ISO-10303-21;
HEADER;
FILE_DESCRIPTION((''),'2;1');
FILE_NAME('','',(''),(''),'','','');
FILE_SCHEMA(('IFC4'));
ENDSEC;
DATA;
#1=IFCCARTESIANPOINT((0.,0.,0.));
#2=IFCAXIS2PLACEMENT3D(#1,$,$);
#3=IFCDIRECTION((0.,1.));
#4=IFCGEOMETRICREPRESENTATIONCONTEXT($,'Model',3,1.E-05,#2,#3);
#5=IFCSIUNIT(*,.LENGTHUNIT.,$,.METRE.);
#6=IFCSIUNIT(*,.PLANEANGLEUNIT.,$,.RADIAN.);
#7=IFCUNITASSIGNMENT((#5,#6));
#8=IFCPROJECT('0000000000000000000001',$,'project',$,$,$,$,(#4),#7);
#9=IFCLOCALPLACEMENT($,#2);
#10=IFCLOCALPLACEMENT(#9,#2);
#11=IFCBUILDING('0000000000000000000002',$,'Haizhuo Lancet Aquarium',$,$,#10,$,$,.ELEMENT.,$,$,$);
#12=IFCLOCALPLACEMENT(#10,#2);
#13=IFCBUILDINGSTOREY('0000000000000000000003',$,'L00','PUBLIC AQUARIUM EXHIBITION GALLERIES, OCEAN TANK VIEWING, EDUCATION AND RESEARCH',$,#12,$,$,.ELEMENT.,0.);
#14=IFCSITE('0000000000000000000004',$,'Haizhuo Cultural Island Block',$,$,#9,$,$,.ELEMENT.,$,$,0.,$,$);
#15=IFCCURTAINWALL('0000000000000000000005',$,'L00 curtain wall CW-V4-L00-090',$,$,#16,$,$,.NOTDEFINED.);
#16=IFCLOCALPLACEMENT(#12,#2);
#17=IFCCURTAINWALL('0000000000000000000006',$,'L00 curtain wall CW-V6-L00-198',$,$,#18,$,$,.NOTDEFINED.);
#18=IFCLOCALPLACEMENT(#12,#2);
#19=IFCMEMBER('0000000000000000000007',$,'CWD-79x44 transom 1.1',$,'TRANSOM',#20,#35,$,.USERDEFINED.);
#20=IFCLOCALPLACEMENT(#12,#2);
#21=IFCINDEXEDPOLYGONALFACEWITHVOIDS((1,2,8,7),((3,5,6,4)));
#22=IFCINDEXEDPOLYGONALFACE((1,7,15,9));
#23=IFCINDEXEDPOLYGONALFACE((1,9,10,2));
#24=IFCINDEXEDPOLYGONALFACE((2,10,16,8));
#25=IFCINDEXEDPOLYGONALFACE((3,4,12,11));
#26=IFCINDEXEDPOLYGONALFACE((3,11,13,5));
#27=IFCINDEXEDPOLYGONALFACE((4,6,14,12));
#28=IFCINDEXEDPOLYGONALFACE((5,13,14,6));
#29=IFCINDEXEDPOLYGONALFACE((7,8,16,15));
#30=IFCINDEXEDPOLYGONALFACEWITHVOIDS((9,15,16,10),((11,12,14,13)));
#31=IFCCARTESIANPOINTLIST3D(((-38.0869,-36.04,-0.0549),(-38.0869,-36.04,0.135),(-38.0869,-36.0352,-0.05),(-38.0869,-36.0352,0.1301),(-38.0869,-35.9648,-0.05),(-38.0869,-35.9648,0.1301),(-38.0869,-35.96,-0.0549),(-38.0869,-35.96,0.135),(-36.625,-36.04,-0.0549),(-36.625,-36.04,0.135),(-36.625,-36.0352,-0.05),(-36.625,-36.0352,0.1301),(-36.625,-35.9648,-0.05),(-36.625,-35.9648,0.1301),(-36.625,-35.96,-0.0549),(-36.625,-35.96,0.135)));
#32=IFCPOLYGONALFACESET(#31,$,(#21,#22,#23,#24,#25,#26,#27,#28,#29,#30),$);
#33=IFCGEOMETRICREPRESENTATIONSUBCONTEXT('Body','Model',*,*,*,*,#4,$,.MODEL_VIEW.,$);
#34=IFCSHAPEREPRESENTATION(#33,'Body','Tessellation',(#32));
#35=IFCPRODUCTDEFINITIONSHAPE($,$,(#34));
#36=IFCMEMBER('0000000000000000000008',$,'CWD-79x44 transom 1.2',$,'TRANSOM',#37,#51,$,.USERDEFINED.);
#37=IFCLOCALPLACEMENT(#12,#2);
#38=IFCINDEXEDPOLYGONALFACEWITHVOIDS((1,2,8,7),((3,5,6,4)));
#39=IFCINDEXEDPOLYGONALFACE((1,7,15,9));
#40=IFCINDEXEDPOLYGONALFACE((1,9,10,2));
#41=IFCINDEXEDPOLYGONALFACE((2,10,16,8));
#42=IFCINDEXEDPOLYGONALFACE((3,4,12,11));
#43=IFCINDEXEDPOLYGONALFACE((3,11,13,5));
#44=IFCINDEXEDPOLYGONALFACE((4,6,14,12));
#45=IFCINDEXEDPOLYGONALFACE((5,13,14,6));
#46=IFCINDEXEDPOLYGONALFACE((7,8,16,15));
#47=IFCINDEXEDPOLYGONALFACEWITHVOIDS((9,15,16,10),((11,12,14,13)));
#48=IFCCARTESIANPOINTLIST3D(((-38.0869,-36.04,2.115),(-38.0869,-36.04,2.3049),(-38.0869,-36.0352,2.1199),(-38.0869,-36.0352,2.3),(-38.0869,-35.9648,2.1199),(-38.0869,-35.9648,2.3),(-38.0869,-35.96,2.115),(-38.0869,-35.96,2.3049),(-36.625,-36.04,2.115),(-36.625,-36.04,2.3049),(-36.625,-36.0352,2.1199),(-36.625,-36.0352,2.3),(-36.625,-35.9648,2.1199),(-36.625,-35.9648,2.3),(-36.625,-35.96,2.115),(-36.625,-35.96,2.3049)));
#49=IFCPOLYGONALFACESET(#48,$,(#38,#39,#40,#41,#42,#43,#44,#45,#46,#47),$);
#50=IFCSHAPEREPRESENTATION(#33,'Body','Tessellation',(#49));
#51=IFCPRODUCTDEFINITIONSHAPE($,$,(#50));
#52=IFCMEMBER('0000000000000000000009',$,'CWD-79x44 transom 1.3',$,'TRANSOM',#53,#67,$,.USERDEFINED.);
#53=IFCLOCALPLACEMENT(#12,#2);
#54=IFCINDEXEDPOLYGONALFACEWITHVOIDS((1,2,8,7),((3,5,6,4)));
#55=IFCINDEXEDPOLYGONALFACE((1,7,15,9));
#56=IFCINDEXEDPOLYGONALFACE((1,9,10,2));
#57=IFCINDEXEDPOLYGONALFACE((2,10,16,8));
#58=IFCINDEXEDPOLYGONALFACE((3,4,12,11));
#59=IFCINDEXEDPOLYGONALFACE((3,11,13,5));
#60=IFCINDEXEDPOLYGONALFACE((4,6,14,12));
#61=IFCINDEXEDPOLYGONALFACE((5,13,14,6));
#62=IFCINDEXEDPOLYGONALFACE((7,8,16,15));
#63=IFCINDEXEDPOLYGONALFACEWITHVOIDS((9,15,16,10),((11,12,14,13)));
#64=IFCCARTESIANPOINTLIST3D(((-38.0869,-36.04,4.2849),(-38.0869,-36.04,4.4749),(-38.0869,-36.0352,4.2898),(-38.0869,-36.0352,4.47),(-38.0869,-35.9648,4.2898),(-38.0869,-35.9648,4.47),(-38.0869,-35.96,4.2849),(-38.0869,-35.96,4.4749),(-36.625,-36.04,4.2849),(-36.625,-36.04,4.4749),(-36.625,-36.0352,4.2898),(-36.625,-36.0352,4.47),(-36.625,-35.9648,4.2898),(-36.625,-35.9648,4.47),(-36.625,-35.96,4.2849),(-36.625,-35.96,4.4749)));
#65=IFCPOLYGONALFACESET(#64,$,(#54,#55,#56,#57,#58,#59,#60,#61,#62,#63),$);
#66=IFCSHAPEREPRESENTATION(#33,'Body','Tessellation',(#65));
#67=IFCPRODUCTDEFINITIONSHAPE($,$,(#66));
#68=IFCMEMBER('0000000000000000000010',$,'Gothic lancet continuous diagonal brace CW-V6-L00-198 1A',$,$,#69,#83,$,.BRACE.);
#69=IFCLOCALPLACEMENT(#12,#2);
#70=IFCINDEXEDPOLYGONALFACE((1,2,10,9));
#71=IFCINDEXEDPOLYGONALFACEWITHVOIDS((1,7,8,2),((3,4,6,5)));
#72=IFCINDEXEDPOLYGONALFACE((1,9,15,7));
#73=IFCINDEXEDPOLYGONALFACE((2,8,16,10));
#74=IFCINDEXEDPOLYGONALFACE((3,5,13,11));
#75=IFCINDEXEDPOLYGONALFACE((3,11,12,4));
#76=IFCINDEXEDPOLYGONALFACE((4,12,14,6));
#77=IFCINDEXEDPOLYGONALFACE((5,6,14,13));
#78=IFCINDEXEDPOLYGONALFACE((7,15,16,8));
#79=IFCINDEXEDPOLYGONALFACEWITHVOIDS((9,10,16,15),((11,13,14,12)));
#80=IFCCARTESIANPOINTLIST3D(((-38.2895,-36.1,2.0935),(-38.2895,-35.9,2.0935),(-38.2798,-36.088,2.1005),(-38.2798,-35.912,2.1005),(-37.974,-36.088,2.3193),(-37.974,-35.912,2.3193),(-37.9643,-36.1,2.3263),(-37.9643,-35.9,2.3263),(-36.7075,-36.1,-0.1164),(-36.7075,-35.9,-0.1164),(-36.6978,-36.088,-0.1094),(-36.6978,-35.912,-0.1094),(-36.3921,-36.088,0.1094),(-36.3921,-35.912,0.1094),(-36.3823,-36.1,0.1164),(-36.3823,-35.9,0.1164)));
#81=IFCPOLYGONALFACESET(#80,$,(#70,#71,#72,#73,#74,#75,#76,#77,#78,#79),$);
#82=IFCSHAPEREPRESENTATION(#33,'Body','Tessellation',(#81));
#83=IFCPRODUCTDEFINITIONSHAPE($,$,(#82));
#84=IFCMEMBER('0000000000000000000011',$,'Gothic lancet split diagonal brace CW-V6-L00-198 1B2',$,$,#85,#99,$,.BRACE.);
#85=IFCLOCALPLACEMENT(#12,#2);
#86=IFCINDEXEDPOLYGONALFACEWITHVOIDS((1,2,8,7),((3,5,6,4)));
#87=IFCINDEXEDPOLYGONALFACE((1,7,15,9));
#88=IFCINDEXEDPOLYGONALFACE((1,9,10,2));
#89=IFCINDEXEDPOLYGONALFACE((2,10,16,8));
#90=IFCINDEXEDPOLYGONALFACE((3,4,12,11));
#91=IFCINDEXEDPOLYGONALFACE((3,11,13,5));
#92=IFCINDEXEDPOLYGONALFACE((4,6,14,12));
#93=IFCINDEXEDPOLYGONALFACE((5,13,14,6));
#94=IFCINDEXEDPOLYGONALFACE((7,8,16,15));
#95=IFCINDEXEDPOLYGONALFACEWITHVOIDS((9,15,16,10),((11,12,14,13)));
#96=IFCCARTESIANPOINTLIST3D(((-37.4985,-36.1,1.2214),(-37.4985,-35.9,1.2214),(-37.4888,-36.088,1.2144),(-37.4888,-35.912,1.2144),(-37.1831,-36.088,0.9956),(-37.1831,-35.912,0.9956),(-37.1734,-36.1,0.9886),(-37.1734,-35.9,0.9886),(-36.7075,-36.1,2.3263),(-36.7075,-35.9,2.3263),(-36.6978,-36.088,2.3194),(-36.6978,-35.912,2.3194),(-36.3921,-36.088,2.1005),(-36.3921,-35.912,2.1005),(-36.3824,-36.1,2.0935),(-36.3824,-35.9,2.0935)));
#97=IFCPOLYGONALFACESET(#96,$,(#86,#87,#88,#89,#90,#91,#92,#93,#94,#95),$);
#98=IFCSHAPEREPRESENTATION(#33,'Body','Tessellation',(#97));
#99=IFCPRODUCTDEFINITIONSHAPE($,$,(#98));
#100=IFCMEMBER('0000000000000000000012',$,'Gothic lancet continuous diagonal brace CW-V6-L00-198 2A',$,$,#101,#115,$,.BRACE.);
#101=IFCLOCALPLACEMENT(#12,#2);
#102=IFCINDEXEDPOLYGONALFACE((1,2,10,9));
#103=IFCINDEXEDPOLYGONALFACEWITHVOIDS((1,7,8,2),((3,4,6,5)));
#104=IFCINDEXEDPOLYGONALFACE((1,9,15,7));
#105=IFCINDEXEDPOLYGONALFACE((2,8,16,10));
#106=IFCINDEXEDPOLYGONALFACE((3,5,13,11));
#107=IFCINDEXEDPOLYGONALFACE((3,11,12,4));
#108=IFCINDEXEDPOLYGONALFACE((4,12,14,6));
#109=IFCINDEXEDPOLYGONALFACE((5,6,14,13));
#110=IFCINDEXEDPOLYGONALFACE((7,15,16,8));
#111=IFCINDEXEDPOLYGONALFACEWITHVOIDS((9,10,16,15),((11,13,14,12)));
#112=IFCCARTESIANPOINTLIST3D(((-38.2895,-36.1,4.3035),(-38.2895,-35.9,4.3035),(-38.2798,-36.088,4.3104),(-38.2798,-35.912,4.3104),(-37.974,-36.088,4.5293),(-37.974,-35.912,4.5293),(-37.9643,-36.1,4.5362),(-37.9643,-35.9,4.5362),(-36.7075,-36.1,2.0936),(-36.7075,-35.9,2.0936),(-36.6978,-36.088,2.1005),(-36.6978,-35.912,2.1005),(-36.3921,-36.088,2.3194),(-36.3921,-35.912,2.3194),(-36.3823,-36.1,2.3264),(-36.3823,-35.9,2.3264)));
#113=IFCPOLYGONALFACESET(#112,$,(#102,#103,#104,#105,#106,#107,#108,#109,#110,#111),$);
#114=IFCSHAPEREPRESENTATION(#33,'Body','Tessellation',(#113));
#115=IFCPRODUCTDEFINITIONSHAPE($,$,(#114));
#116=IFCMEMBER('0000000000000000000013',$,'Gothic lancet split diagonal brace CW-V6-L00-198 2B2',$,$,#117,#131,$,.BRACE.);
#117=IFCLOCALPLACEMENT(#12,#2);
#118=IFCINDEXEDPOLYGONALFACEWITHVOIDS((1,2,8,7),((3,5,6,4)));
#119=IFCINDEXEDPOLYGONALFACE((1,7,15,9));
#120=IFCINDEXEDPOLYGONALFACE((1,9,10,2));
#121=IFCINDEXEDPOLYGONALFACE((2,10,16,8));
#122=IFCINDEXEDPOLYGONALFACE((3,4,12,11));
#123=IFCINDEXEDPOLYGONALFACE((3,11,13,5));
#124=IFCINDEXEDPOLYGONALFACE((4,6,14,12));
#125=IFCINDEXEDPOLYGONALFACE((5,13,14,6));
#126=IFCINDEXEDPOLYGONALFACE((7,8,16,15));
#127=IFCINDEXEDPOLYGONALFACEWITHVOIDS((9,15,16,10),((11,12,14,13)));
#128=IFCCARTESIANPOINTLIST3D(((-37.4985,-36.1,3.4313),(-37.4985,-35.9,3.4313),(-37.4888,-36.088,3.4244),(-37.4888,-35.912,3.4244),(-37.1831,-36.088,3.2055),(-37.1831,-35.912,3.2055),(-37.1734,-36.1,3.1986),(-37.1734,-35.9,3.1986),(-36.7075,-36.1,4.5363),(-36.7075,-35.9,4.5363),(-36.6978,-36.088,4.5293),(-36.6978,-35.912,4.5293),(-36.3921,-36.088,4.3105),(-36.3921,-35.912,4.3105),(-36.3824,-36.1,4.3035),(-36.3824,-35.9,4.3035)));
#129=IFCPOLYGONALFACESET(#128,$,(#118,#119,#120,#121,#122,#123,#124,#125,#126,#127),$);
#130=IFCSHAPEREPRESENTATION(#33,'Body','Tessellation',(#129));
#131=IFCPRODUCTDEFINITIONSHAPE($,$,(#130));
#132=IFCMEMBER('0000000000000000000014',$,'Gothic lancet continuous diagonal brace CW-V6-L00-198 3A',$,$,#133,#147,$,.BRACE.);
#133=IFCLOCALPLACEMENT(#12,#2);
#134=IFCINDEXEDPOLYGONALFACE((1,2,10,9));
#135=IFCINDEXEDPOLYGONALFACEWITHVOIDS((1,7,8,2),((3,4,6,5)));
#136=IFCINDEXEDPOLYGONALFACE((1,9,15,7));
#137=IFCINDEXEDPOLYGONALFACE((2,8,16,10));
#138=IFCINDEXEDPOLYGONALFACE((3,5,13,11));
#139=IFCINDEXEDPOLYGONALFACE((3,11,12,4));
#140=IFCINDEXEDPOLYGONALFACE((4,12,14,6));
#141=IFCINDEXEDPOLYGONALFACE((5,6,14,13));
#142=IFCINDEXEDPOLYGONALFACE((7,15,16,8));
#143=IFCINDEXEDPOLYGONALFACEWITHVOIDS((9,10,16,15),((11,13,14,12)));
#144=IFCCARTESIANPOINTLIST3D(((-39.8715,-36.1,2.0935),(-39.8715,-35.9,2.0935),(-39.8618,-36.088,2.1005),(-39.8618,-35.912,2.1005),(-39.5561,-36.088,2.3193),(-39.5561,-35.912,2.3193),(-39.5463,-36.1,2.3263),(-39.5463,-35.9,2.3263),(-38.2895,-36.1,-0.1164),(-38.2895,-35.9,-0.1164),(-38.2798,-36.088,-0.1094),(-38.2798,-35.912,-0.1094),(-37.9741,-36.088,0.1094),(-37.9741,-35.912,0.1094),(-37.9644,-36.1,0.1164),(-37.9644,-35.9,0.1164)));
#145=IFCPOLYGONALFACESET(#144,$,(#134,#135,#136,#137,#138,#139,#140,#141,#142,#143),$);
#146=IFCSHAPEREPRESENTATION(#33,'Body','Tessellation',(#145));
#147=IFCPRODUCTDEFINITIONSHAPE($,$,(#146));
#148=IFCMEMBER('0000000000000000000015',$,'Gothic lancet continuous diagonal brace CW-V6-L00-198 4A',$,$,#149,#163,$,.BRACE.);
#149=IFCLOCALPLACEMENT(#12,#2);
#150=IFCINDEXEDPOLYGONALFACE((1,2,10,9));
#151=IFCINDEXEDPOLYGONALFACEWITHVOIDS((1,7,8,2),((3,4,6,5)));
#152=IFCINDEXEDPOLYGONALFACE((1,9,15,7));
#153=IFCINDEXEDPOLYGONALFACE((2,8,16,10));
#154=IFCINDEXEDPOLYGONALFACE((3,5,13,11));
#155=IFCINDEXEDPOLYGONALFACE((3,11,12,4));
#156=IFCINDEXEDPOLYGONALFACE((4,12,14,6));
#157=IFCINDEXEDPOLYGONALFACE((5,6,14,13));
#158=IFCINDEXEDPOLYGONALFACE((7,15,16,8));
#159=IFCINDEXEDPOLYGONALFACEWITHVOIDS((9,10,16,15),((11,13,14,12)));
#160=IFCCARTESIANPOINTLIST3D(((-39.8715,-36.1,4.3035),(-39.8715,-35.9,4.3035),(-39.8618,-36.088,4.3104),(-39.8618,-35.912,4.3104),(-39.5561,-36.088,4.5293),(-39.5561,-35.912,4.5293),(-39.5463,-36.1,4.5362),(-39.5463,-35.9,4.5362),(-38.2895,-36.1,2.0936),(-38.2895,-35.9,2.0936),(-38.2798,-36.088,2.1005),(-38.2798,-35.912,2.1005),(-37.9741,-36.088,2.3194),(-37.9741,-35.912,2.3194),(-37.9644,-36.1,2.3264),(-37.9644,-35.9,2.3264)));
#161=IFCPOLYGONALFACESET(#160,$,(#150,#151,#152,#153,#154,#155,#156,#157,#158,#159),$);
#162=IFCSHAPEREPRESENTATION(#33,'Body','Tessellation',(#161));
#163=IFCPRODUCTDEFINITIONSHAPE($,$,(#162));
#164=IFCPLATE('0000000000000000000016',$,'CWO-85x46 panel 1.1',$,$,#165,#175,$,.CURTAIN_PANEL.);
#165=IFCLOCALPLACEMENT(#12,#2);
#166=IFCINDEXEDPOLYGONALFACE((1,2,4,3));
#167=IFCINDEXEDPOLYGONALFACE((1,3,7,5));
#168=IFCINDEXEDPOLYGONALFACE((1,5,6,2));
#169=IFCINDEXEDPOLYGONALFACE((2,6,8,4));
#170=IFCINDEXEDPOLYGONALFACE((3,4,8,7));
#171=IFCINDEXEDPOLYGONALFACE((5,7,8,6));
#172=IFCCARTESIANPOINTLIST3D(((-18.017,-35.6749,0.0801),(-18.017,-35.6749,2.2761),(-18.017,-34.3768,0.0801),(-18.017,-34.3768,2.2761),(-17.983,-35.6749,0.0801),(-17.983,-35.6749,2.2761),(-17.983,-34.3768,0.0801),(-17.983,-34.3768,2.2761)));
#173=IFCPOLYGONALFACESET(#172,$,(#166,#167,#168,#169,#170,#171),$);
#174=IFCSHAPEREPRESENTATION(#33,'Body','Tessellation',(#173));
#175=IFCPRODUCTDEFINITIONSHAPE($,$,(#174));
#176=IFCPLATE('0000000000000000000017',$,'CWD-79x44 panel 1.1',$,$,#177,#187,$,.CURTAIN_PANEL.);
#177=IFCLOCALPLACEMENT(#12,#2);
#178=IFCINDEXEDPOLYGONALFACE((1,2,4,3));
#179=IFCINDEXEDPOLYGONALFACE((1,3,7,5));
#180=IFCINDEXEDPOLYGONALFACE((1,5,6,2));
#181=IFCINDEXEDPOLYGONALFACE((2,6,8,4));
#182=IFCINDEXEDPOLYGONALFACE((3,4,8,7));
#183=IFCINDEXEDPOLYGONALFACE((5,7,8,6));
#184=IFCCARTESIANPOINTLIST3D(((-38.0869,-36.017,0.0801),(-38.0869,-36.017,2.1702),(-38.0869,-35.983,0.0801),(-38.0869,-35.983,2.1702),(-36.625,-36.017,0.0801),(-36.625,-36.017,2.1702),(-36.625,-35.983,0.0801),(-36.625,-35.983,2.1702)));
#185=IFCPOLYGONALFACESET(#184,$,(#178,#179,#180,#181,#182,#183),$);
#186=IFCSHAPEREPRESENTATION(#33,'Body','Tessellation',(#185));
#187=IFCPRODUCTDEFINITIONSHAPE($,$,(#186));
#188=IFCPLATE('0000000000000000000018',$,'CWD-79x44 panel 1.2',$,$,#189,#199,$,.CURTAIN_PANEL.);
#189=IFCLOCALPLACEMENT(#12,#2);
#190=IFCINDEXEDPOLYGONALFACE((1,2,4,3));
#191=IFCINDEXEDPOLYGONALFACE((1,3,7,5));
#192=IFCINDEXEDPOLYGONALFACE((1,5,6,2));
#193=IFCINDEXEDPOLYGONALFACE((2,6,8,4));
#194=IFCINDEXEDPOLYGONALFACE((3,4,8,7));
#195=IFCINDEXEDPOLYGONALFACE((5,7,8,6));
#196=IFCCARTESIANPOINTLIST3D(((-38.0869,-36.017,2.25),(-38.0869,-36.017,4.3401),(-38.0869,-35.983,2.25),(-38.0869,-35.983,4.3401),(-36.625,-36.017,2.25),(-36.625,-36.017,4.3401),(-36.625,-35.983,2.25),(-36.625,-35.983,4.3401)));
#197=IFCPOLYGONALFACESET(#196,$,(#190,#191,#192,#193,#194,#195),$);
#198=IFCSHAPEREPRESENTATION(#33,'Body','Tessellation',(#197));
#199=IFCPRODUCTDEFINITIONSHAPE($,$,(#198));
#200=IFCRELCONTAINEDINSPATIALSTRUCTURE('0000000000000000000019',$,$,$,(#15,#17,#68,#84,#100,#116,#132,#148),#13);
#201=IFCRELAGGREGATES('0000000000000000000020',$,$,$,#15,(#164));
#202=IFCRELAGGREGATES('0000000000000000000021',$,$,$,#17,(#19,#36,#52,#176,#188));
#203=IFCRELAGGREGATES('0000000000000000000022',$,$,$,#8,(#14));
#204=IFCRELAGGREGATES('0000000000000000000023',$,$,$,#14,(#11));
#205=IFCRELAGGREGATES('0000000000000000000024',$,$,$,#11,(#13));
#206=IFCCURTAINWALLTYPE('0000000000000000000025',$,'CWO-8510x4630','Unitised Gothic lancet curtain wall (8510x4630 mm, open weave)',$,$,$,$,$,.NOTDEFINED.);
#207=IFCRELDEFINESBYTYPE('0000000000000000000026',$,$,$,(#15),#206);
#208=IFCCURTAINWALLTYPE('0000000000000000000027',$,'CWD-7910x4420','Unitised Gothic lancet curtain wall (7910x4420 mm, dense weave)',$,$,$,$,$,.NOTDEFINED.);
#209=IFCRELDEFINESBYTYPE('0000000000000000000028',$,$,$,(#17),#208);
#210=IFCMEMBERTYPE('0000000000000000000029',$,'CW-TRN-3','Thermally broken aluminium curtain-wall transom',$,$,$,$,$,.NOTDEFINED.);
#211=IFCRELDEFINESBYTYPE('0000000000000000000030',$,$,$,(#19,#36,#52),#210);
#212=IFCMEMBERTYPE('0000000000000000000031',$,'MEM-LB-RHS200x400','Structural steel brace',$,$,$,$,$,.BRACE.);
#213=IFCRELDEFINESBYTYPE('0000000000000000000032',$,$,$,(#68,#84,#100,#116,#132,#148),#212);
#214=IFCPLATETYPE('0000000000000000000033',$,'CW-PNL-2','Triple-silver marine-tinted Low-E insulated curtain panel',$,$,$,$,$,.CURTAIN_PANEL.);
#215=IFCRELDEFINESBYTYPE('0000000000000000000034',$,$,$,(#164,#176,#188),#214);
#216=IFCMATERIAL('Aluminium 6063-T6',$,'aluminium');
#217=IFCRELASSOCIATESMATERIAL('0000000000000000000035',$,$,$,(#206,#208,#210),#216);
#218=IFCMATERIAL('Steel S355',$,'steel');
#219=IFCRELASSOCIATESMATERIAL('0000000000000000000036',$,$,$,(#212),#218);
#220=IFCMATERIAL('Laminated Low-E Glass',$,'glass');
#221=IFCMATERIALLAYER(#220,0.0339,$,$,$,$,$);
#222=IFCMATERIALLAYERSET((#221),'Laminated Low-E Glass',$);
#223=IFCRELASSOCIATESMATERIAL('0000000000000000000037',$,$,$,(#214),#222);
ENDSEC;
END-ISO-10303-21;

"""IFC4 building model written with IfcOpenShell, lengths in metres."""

from ifc_helpers import new_model, si_unit, direction, frame, origin, origin_2d, place, context, subcontext, project, spatial, rectangle, hollow_rectangle, extrude, material, layer, layer_set, material_profile, profile_set, type_object, element, aggregate, save


model = new_model("IFC4")

# Units and contexts
model_context = context("Model", 3, precision=1e-05, world=origin(), true_north=direction((0.0, 1.0)))
body_context = subcontext(model_context, "Body", "Model", "MODEL_VIEW")
ifc_project = project(units=[si_unit("LENGTHUNIT", "METRE"), si_unit("PLANEANGLEUNIT", "RADIAN")], contexts=[model_context])

# Site, building, storey
site_placement = place(None, origin())
site = spatial("IfcSite", under=ifc_project, at=site_placement, Name="Haizhuo Cultural Island Block", CompositionType="ELEMENT", RefElevation=0.0)
building_placement = place(site_placement, origin())
building = spatial("IfcBuilding", under=site, at=building_placement, Name="Haizhuo Lancet Aquarium", CompositionType="ELEMENT")
storey_placement = place(building_placement, origin())
storey = spatial("IfcBuildingStorey", under=building, at=storey_placement, Name="L00", Description="PUBLIC AQUARIUM EXHIBITION GALLERIES, OCEAN TANK VIEWING, EDUCATION AND RESEARCH", CompositionType="ELEMENT", Elevation=0.0)

# Shared definitions
ifc_material_1 = material(Name="Steel S355", Category="steel")

# Curtain walls
ifc_material_2 = material(Name="Aluminium 6063-T6", Category="aluminium")
curtain_wall_type_1 = type_object("IfcCurtainWallType", Name="CWO-8510x4630", Description="Unitised Gothic lancet curtain wall (8510x4630 mm, open weave)", PredefinedType="NOTDEFINED", material=ifc_material_2)
curtain_wall_1_placement = place(storey_placement, origin())
curtain_wall_1 = element("IfcCurtainWall", 1, at=curtain_wall_1_placement, inside=storey, type_object=curtain_wall_type_1, Name="L00 curtain wall CW-V4-L00-090", PredefinedType="NOTDEFINED")
curtain_wall_type_2 = type_object("IfcCurtainWallType", Name="CWD-7910x4420", Description="Unitised Gothic lancet curtain wall (7910x4420 mm, dense weave)", PredefinedType="NOTDEFINED", material=ifc_material_2)
curtain_wall_2_placement = place(storey_placement, origin())
curtain_wall_2 = element("IfcCurtainWall", 2, at=curtain_wall_2_placement, inside=storey, type_object=curtain_wall_type_2, Name="L00 curtain wall CW-V6-L00-198", PredefinedType="NOTDEFINED")

# Members
ifc_material_profile_1 = material_profile(ifc_material_2, hollow_rectangle(XDim=0.0801, YDim=0.1899, WallThickness=0.0049, at=origin_2d()), Name="ALU-T 80x190x5")
ifc_profile_set_1 = profile_set([ifc_material_profile_1], Name="Aluminium 6063-T6")
member_type_1 = type_object("IfcMemberType", Name="CW-TRN-3", Description="Thermally broken aluminium curtain-wall transom", PredefinedType="NOTDEFINED", material=ifc_profile_set_1)
member_1_placement = place(storey_placement, frame((-36.625, -36.0, 0.04), z_axis=(-1.0, 0.0, 0.0), x_axis=(0.0, -1.0, 0.0)))
member_1 = element("IfcMember", 3, at=member_1_placement, type_object=member_type_1, Name="CWD-79x44 transom 1.1", ObjectType="TRANSOM", PredefinedType="USERDEFINED", context=body_context, shape_type="SweptSolid", body=[
    extrude(hollow_rectangle(XDim=0.0801, YDim=0.1899, WallThickness=0.0049, at=origin_2d()), origin(), (0.0, 0.0, 1.0), 1.4619),
])
member_2_placement = place(storey_placement, frame((-36.625, -36.0, 2.21), z_axis=(-1.0, 0.0, 0.0), x_axis=(0.0, -1.0, 0.0)))
member_2 = element("IfcMember", 4, at=member_2_placement, type_object=member_type_1, Name="CWD-79x44 transom 1.2", ObjectType="TRANSOM", PredefinedType="USERDEFINED", context=body_context, shape_type="SweptSolid", body=[
    extrude(hollow_rectangle(XDim=0.0801, YDim=0.1899, WallThickness=0.0049, at=origin_2d()), origin(), (0.0, 0.0, 1.0), 1.4619),
])
member_3_placement = place(storey_placement, frame((-36.625, -36.0, 4.3799), z_axis=(-1.0, 0.0, 0.0), x_axis=(0.0, -1.0, 0.0)))
member_3 = element("IfcMember", 5, at=member_3_placement, type_object=member_type_1, Name="CWD-79x44 transom 1.3", ObjectType="TRANSOM", PredefinedType="USERDEFINED", context=body_context, shape_type="SweptSolid", body=[
    extrude(hollow_rectangle(XDim=0.0801, YDim=0.1899, WallThickness=0.0049, at=origin_2d()), origin(), (0.0, 0.0, 1.0), 1.4619),
])

# Members
ifc_material_profile_2 = material_profile(ifc_material_1, hollow_rectangle(XDim=0.2, YDim=0.3999, WallThickness=0.012, at=origin_2d()), Name="RHS 200x400x12")
ifc_profile_set_2 = profile_set([ifc_material_profile_2], Name="Steel S355")
member_type_2 = type_object("IfcMemberType", Name="MEM-LB-RHS200x400", Description="Structural steel brace", PredefinedType="BRACE", material=ifc_profile_set_2)
member_4_placement = place(storey_placement, frame((-36.5449, -36.0, 0.0), z_axis=(-0.582088, 0.0, 0.813126), x_axis=(0.0, -1.0, 0.0)))
element("IfcMember", 6, at=member_4_placement, inside=storey, type_object=member_type_2, Name="Gothic lancet continuous diagonal brace CW-V6-L00-198 1A", PredefinedType="BRACE", context=body_context, shape_type="SweptSolid", body=[
    extrude(hollow_rectangle(XDim=0.2, YDim=0.3999, WallThickness=0.012, at=origin_2d()), origin(), (0.0, 0.0, 1.0), 2.7178),
])
member_5_placement = place(storey_placement, frame((-37.3359, -36.0, 1.105), z_axis=(0.582088, 0.0, 0.813126), x_axis=(0.0, 1.0, 0.0)))
element("IfcMember", 7, at=member_5_placement, inside=storey, type_object=member_type_2, Name="Gothic lancet split diagonal brace CW-V6-L00-198 1B2", PredefinedType="BRACE", context=body_context, shape_type="SweptSolid", body=[
    extrude(hollow_rectangle(XDim=0.2, YDim=0.3999, WallThickness=0.012, at=origin_2d()), origin(), (0.0, 0.0, 1.0), 1.3589),
])
member_6_placement = place(storey_placement, frame((-36.5449, -36.0, 2.21), z_axis=(-0.582088, 0.0, 0.813126), x_axis=(0.0, -1.0, 0.0)))
element("IfcMember", 8, at=member_6_placement, inside=storey, type_object=member_type_2, Name="Gothic lancet continuous diagonal brace CW-V6-L00-198 2A", PredefinedType="BRACE", context=body_context, shape_type="SweptSolid", body=[
    extrude(hollow_rectangle(XDim=0.2, YDim=0.3999, WallThickness=0.012, at=origin_2d()), origin(), (0.0, 0.0, 1.0), 2.7178),
])
member_7_placement = place(storey_placement, frame((-37.3359, -36.0, 3.3149), z_axis=(0.582088, 0.0, 0.813126), x_axis=(0.0, 1.0, 0.0)))
element("IfcMember", 9, at=member_7_placement, inside=storey, type_object=member_type_2, Name="Gothic lancet split diagonal brace CW-V6-L00-198 2B2", PredefinedType="BRACE", context=body_context, shape_type="SweptSolid", body=[
    extrude(hollow_rectangle(XDim=0.2, YDim=0.3999, WallThickness=0.012, at=origin_2d()), origin(), (0.0, 0.0, 1.0), 1.3589),
])
for number, where, z_axis, x_axis, name in (
    (10, (-38.127, -36.0, 0.0), (-0.582088, 0.0, 0.813126), (0.0, -1.0, 0.0), "Gothic lancet continuous diagonal brace CW-V6-L00-198 3A"),
    (11, (-38.127, -36.0, 2.21), (-0.582088, 0.0, 0.813126), (0.0, -1.0, 0.0), "Gothic lancet continuous diagonal brace CW-V6-L00-198 4A"),
):
    element("IfcMember", number, at=place(storey_placement, frame(where, z_axis=z_axis, x_axis=x_axis)), inside=storey, type_object=member_type_2, Name=name, PredefinedType="BRACE", context=body_context, shape_type="SweptSolid", body=[
        extrude(hollow_rectangle(XDim=0.2, YDim=0.3999, WallThickness=0.012, at=origin_2d()), origin(), (0.0, 0.0, 1.0), 2.7178),
    ])

# Plates
ifc_material_3 = material(Name="Laminated Low-E Glass", Category="glass")
ifc_layer_1 = layer(ifc_material_3, 0.0339)
ifc_layer_set_1 = layer_set([ifc_layer_1], Name="Laminated Low-E Glass")
plate_type = type_object("IfcPlateType", Name="CW-PNL-2", Description="Triple-silver marine-tinted Low-E insulated curtain panel", PredefinedType="CURTAIN_PANEL", material=ifc_layer_set_1)
plate_1_placement = place(storey_placement, frame((-18.0, -35.0259, 0.0801), z_axis=(0.0, 0.0, 1.0), x_axis=(0.0, 1.0, 0.0)))
plate_1 = element("IfcPlate", 12, at=plate_1_placement, type_object=plate_type, Name="CWO-85x46 panel 1.1", PredefinedType="CURTAIN_PANEL", context=body_context, shape_type="SweptSolid", body=[
    extrude(rectangle(XDim=1.2981, YDim=0.0339, at=origin_2d()), origin(), (0.0, 0.0, 1.0), 2.196),
])
aggregate(curtain_wall_1, [plate_1])
plate_2_placement = place(storey_placement, frame((-37.356, -36.0, 0.0801), z_axis=(0.0, 0.0, 1.0), x_axis=(-1.0, 0.0, 0.0)))
plate_2 = element("IfcPlate", 13, at=plate_2_placement, type_object=plate_type, Name="CWD-79x44 panel 1.1", PredefinedType="CURTAIN_PANEL", context=body_context, shape_type="SweptSolid", body=[
    extrude(rectangle(XDim=1.4619, YDim=0.0339, at=origin_2d()), origin(), (0.0, 0.0, 1.0), 2.0901),
])
plate_3_placement = place(storey_placement, frame((-37.356, -36.0, 2.25), z_axis=(0.0, 0.0, 1.0), x_axis=(-1.0, 0.0, 0.0)))
plate_3 = element("IfcPlate", 14, at=plate_3_placement, type_object=plate_type, Name="CWD-79x44 panel 1.2", PredefinedType="CURTAIN_PANEL", context=body_context, shape_type="SweptSolid", body=[
    extrude(rectangle(XDim=1.4619, YDim=0.0339, at=origin_2d()), origin(), (0.0, 0.0, 1.0), 2.0901),
])
aggregate(curtain_wall_2, [member_1, member_2, member_3, plate_2, plate_3])

save(model, "model.ifc")
